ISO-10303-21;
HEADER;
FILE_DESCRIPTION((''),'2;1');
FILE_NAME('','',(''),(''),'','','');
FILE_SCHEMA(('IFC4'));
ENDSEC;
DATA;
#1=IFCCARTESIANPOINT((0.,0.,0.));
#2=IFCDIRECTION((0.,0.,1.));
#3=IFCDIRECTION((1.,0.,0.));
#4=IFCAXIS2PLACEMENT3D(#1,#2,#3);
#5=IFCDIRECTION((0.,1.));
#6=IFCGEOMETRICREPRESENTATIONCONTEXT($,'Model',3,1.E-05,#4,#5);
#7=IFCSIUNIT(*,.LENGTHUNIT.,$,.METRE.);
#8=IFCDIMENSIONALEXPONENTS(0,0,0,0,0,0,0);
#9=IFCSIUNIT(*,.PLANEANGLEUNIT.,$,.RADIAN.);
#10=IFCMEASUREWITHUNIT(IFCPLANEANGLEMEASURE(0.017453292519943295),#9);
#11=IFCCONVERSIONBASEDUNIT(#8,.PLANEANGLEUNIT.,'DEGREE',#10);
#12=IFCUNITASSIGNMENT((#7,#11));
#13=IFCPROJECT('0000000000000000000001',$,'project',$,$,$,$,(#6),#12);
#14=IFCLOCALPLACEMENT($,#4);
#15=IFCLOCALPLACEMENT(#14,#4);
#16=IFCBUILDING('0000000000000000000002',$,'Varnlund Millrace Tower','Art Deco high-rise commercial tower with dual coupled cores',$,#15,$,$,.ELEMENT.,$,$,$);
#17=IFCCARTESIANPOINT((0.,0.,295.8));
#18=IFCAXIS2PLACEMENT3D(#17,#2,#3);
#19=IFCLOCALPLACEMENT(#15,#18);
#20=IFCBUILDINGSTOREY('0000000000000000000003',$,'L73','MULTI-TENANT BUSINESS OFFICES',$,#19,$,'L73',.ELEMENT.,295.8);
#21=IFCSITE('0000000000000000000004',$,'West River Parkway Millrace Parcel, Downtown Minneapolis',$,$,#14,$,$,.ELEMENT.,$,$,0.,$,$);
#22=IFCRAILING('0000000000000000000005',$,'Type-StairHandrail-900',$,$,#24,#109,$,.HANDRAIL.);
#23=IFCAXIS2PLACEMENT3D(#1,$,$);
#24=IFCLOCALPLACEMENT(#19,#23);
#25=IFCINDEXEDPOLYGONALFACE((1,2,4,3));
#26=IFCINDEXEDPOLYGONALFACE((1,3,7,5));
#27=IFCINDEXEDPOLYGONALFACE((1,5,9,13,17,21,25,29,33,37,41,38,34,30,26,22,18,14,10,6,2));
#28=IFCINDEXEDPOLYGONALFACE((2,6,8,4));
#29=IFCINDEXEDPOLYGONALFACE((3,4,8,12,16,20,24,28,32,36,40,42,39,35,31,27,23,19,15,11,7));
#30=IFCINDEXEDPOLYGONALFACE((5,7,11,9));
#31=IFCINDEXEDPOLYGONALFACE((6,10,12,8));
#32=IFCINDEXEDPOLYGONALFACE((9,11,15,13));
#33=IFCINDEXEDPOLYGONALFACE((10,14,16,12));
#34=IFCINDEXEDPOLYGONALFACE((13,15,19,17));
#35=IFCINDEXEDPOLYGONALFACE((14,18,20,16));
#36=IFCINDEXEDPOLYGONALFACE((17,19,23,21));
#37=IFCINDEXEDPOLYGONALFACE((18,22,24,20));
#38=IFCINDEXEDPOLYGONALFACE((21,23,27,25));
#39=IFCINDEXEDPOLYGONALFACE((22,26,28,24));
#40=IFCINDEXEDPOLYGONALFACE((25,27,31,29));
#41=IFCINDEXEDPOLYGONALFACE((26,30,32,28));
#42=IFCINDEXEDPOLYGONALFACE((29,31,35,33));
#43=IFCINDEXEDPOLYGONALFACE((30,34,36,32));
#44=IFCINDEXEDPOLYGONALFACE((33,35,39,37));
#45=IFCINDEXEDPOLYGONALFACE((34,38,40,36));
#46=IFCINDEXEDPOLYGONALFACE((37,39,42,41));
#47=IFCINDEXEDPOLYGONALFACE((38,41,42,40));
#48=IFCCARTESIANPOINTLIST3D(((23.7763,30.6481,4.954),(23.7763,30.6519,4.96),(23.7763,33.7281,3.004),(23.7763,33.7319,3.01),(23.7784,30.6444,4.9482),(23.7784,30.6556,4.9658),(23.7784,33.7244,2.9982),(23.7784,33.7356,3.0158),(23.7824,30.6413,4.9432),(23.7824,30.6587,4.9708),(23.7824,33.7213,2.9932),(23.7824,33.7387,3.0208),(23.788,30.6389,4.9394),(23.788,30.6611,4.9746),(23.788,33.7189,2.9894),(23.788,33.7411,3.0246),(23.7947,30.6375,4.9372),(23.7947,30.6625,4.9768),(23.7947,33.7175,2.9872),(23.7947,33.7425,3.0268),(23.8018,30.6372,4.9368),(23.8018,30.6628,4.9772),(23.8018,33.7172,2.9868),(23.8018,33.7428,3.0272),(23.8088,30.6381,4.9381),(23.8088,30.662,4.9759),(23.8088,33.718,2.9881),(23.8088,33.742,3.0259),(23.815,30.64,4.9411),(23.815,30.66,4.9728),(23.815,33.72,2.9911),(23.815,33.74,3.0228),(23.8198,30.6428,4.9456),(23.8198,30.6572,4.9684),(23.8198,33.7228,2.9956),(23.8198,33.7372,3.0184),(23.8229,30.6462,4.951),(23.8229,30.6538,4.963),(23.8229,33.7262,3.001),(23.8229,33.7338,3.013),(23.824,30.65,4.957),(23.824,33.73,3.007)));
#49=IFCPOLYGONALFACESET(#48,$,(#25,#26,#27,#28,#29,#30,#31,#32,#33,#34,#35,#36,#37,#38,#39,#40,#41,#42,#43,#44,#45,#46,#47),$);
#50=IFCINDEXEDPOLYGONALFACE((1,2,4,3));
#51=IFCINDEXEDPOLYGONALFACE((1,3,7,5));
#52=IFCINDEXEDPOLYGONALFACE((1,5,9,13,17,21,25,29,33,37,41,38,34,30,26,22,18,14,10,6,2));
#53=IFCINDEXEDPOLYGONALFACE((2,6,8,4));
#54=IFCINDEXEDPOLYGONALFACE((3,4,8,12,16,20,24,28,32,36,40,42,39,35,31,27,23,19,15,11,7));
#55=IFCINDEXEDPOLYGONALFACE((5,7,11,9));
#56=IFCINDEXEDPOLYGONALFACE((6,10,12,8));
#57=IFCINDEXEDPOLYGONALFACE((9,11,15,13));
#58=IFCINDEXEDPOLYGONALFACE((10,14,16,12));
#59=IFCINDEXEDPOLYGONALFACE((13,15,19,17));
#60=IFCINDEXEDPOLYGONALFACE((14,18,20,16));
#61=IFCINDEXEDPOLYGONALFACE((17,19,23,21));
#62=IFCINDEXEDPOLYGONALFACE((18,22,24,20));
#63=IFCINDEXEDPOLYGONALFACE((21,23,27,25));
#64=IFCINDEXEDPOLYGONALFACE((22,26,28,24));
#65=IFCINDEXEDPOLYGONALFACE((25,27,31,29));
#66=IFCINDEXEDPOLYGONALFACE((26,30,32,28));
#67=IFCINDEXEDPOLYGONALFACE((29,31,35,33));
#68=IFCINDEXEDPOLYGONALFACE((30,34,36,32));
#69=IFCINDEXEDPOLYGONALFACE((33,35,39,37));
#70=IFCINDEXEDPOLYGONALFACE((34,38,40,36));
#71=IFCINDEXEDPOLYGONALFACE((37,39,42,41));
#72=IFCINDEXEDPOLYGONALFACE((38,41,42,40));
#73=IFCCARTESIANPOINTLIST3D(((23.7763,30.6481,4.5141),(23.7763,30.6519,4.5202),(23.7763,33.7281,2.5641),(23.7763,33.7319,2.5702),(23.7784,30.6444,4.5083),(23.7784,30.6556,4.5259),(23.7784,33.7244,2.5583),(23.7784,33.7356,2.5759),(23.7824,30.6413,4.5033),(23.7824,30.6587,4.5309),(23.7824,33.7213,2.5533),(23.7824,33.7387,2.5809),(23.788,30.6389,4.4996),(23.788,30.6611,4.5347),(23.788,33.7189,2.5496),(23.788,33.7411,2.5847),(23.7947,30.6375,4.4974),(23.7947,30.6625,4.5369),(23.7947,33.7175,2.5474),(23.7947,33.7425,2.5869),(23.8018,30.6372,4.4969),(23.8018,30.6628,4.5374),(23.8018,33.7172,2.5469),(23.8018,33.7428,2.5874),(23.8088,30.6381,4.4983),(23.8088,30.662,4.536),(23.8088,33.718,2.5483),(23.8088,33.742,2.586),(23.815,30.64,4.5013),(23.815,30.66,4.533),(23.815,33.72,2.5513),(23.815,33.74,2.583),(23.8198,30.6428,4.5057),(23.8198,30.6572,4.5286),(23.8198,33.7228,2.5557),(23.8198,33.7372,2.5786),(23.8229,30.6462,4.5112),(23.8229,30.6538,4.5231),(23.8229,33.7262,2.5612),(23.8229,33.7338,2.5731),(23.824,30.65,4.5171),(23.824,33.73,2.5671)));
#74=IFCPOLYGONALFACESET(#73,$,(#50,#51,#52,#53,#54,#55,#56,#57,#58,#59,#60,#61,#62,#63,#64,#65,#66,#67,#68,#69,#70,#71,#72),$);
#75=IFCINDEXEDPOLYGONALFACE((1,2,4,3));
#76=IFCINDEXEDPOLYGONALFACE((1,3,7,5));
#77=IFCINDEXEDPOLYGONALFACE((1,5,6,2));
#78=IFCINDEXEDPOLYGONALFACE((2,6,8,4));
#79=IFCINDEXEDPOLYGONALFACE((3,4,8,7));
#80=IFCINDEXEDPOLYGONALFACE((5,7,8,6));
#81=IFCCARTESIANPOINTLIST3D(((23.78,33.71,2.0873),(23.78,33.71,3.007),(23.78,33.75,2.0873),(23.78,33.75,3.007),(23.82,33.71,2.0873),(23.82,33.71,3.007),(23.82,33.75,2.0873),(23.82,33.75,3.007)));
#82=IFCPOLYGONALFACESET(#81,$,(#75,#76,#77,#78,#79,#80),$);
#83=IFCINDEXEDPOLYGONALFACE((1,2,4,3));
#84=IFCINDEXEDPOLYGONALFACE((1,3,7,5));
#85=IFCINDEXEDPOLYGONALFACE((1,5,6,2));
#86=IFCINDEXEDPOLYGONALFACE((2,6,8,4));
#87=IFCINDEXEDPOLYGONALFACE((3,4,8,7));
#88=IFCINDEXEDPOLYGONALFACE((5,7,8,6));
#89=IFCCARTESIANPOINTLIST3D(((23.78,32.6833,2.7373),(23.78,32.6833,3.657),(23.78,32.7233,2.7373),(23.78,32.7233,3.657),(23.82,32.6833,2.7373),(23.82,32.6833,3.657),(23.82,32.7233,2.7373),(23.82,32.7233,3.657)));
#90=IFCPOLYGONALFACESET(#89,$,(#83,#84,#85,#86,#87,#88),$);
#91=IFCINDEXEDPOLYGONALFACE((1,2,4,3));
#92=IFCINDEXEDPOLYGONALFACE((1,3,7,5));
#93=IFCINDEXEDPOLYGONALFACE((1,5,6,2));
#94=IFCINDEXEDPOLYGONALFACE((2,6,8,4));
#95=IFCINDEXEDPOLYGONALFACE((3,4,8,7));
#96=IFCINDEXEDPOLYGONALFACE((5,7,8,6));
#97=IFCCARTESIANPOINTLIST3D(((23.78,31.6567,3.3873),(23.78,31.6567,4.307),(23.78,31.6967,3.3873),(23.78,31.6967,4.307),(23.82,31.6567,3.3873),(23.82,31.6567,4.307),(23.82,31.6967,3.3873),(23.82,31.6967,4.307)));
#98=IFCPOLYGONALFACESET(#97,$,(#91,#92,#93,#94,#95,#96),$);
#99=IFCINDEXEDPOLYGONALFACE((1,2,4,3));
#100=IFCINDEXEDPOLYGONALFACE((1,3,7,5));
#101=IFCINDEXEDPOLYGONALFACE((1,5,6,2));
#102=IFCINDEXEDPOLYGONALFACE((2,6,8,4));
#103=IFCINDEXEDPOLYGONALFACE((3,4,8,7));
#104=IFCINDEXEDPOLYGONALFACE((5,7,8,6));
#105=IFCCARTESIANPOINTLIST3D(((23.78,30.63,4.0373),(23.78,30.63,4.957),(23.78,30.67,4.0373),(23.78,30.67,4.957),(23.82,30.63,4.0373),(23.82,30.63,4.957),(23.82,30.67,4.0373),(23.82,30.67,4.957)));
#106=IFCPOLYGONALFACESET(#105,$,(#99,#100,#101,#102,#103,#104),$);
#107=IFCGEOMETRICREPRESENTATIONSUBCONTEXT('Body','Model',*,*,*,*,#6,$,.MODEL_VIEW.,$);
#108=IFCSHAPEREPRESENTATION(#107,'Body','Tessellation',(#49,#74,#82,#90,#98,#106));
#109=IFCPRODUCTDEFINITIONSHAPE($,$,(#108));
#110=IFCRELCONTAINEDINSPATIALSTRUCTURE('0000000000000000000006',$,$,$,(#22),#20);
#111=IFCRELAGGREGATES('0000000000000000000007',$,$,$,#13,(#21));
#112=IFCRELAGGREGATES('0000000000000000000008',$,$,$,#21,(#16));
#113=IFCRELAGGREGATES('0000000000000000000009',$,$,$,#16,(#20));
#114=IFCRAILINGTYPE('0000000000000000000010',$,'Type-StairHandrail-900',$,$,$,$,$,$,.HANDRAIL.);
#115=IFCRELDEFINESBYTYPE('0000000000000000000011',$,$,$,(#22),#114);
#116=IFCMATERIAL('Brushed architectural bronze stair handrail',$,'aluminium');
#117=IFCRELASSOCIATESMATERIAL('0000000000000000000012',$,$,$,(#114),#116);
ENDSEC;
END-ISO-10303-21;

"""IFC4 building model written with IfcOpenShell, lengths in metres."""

from ifc_helpers import new_model, entity, si_unit, converted_unit, direction, frame, origin_with_axes, origin_2d_with_axis, place, context, subcontext, project, spatial, rectangle, circle, extrude, material, type_object, element, save


model = new_model("IFC4")

# Units and contexts
model_context = context("Model", 3, precision=1e-05, world=origin_with_axes(), true_north=direction((0.0, 1.0)))
body_context = subcontext(model_context, "Body", "Model", "MODEL_VIEW")
ifc_project = project(units=[si_unit("LENGTHUNIT", "METRE"), converted_unit("PLANEANGLEUNIT", "DEGREE", entity("IfcPlaneAngleMeasure", 0.017453292519943295), si_unit("PLANEANGLEUNIT", "RADIAN"), dimensions=[0, 0, 0, 0, 0, 0, 0])], contexts=[model_context])

# Site, building, storey
site_placement = place(None, origin_with_axes())
site = spatial("IfcSite", under=ifc_project, at=site_placement, Name="West River Parkway Millrace Parcel, Downtown Minneapolis", CompositionType="ELEMENT", RefElevation=0.0)
building_placement = place(site_placement, origin_with_axes())
building = spatial("IfcBuilding", under=site, at=building_placement, Name="Varnlund Millrace Tower", Description="Art Deco high-rise commercial tower with dual coupled cores", CompositionType="ELEMENT")
storey_placement = place(building_placement, frame((0.0, 0.0, 295.8), z_axis=(0.0, 0.0, 1.0), x_axis=(1.0, 0.0, 0.0)))
storey = spatial("IfcBuildingStorey", under=building, at=storey_placement, Name="L73", Description="MULTI-TENANT BUSINESS OFFICES", LongName="L73", CompositionType="ELEMENT", Elevation=295.8)

# Railing
ifc_material_1 = material(Name="Brushed architectural bronze stair handrail", Category="aluminium")
railing_type_1 = type_object("IfcRailingType", Name="Type-StairHandrail-900", PredefinedType="HANDRAIL", material=ifc_material_1)
railing_1_placement = place(storey_placement, frame((0.0, 0.0, -295.8), z_axis=(0.0, 0.0, 1.0), x_axis=(1.0, 0.0, 0.0)))
element("IfcRailing", 1, at=railing_1_placement, inside=storey, type_object=railing_type_1, Name="Type-StairHandrail-900", PredefinedType="HANDRAIL", context=body_context, shape_type="SweptSolid", body=[
    extrude(circle(Radius=0.024, at=origin_2d_with_axis()), frame((23.8, 33.73, 298.807), z_axis=(0.0, -0.844902, 0.534922), x_axis=(1.0, 0.0, 0.0)), (0.0, 0.0, 1.0), 3.6454),
    extrude(circle(Radius=0.024, at=origin_2d_with_axis()), frame((23.8, 33.73, 298.3671), z_axis=(0.0, -0.844902, 0.534922), x_axis=(1.0, 0.0, 0.0)), (0.0, 0.0, 1.0), 3.6454),
    extrude(rectangle(XDim=0.04, YDim=0.04, at=origin_2d_with_axis()), frame((23.8, 33.73, 297.8873), z_axis=(0.0, 0.0, 1.0), x_axis=(1.0, 0.0, 0.0)), (0.0, 0.0, 1.0), 0.9197),
    extrude(rectangle(XDim=0.04, YDim=0.04, at=origin_2d_with_axis()), frame((23.8, 32.7033, 298.5373), z_axis=(0.0, 0.0, 1.0), x_axis=(1.0, 0.0, 0.0)), (0.0, 0.0, 1.0), 0.9197),
    extrude(rectangle(XDim=0.04, YDim=0.04, at=origin_2d_with_axis()), frame((23.8, 31.6767, 299.1873), z_axis=(0.0, 0.0, 1.0), x_axis=(1.0, 0.0, 0.0)), (0.0, 0.0, 1.0), 0.9197),
    extrude(rectangle(XDim=0.04, YDim=0.04, at=origin_2d_with_axis()), frame((23.8, 30.65, 299.8373), z_axis=(0.0, 0.0, 1.0), x_axis=(1.0, 0.0, 0.0)), (0.0, 0.0, 1.0), 0.9197),
])

save(model, "model.ifc")
